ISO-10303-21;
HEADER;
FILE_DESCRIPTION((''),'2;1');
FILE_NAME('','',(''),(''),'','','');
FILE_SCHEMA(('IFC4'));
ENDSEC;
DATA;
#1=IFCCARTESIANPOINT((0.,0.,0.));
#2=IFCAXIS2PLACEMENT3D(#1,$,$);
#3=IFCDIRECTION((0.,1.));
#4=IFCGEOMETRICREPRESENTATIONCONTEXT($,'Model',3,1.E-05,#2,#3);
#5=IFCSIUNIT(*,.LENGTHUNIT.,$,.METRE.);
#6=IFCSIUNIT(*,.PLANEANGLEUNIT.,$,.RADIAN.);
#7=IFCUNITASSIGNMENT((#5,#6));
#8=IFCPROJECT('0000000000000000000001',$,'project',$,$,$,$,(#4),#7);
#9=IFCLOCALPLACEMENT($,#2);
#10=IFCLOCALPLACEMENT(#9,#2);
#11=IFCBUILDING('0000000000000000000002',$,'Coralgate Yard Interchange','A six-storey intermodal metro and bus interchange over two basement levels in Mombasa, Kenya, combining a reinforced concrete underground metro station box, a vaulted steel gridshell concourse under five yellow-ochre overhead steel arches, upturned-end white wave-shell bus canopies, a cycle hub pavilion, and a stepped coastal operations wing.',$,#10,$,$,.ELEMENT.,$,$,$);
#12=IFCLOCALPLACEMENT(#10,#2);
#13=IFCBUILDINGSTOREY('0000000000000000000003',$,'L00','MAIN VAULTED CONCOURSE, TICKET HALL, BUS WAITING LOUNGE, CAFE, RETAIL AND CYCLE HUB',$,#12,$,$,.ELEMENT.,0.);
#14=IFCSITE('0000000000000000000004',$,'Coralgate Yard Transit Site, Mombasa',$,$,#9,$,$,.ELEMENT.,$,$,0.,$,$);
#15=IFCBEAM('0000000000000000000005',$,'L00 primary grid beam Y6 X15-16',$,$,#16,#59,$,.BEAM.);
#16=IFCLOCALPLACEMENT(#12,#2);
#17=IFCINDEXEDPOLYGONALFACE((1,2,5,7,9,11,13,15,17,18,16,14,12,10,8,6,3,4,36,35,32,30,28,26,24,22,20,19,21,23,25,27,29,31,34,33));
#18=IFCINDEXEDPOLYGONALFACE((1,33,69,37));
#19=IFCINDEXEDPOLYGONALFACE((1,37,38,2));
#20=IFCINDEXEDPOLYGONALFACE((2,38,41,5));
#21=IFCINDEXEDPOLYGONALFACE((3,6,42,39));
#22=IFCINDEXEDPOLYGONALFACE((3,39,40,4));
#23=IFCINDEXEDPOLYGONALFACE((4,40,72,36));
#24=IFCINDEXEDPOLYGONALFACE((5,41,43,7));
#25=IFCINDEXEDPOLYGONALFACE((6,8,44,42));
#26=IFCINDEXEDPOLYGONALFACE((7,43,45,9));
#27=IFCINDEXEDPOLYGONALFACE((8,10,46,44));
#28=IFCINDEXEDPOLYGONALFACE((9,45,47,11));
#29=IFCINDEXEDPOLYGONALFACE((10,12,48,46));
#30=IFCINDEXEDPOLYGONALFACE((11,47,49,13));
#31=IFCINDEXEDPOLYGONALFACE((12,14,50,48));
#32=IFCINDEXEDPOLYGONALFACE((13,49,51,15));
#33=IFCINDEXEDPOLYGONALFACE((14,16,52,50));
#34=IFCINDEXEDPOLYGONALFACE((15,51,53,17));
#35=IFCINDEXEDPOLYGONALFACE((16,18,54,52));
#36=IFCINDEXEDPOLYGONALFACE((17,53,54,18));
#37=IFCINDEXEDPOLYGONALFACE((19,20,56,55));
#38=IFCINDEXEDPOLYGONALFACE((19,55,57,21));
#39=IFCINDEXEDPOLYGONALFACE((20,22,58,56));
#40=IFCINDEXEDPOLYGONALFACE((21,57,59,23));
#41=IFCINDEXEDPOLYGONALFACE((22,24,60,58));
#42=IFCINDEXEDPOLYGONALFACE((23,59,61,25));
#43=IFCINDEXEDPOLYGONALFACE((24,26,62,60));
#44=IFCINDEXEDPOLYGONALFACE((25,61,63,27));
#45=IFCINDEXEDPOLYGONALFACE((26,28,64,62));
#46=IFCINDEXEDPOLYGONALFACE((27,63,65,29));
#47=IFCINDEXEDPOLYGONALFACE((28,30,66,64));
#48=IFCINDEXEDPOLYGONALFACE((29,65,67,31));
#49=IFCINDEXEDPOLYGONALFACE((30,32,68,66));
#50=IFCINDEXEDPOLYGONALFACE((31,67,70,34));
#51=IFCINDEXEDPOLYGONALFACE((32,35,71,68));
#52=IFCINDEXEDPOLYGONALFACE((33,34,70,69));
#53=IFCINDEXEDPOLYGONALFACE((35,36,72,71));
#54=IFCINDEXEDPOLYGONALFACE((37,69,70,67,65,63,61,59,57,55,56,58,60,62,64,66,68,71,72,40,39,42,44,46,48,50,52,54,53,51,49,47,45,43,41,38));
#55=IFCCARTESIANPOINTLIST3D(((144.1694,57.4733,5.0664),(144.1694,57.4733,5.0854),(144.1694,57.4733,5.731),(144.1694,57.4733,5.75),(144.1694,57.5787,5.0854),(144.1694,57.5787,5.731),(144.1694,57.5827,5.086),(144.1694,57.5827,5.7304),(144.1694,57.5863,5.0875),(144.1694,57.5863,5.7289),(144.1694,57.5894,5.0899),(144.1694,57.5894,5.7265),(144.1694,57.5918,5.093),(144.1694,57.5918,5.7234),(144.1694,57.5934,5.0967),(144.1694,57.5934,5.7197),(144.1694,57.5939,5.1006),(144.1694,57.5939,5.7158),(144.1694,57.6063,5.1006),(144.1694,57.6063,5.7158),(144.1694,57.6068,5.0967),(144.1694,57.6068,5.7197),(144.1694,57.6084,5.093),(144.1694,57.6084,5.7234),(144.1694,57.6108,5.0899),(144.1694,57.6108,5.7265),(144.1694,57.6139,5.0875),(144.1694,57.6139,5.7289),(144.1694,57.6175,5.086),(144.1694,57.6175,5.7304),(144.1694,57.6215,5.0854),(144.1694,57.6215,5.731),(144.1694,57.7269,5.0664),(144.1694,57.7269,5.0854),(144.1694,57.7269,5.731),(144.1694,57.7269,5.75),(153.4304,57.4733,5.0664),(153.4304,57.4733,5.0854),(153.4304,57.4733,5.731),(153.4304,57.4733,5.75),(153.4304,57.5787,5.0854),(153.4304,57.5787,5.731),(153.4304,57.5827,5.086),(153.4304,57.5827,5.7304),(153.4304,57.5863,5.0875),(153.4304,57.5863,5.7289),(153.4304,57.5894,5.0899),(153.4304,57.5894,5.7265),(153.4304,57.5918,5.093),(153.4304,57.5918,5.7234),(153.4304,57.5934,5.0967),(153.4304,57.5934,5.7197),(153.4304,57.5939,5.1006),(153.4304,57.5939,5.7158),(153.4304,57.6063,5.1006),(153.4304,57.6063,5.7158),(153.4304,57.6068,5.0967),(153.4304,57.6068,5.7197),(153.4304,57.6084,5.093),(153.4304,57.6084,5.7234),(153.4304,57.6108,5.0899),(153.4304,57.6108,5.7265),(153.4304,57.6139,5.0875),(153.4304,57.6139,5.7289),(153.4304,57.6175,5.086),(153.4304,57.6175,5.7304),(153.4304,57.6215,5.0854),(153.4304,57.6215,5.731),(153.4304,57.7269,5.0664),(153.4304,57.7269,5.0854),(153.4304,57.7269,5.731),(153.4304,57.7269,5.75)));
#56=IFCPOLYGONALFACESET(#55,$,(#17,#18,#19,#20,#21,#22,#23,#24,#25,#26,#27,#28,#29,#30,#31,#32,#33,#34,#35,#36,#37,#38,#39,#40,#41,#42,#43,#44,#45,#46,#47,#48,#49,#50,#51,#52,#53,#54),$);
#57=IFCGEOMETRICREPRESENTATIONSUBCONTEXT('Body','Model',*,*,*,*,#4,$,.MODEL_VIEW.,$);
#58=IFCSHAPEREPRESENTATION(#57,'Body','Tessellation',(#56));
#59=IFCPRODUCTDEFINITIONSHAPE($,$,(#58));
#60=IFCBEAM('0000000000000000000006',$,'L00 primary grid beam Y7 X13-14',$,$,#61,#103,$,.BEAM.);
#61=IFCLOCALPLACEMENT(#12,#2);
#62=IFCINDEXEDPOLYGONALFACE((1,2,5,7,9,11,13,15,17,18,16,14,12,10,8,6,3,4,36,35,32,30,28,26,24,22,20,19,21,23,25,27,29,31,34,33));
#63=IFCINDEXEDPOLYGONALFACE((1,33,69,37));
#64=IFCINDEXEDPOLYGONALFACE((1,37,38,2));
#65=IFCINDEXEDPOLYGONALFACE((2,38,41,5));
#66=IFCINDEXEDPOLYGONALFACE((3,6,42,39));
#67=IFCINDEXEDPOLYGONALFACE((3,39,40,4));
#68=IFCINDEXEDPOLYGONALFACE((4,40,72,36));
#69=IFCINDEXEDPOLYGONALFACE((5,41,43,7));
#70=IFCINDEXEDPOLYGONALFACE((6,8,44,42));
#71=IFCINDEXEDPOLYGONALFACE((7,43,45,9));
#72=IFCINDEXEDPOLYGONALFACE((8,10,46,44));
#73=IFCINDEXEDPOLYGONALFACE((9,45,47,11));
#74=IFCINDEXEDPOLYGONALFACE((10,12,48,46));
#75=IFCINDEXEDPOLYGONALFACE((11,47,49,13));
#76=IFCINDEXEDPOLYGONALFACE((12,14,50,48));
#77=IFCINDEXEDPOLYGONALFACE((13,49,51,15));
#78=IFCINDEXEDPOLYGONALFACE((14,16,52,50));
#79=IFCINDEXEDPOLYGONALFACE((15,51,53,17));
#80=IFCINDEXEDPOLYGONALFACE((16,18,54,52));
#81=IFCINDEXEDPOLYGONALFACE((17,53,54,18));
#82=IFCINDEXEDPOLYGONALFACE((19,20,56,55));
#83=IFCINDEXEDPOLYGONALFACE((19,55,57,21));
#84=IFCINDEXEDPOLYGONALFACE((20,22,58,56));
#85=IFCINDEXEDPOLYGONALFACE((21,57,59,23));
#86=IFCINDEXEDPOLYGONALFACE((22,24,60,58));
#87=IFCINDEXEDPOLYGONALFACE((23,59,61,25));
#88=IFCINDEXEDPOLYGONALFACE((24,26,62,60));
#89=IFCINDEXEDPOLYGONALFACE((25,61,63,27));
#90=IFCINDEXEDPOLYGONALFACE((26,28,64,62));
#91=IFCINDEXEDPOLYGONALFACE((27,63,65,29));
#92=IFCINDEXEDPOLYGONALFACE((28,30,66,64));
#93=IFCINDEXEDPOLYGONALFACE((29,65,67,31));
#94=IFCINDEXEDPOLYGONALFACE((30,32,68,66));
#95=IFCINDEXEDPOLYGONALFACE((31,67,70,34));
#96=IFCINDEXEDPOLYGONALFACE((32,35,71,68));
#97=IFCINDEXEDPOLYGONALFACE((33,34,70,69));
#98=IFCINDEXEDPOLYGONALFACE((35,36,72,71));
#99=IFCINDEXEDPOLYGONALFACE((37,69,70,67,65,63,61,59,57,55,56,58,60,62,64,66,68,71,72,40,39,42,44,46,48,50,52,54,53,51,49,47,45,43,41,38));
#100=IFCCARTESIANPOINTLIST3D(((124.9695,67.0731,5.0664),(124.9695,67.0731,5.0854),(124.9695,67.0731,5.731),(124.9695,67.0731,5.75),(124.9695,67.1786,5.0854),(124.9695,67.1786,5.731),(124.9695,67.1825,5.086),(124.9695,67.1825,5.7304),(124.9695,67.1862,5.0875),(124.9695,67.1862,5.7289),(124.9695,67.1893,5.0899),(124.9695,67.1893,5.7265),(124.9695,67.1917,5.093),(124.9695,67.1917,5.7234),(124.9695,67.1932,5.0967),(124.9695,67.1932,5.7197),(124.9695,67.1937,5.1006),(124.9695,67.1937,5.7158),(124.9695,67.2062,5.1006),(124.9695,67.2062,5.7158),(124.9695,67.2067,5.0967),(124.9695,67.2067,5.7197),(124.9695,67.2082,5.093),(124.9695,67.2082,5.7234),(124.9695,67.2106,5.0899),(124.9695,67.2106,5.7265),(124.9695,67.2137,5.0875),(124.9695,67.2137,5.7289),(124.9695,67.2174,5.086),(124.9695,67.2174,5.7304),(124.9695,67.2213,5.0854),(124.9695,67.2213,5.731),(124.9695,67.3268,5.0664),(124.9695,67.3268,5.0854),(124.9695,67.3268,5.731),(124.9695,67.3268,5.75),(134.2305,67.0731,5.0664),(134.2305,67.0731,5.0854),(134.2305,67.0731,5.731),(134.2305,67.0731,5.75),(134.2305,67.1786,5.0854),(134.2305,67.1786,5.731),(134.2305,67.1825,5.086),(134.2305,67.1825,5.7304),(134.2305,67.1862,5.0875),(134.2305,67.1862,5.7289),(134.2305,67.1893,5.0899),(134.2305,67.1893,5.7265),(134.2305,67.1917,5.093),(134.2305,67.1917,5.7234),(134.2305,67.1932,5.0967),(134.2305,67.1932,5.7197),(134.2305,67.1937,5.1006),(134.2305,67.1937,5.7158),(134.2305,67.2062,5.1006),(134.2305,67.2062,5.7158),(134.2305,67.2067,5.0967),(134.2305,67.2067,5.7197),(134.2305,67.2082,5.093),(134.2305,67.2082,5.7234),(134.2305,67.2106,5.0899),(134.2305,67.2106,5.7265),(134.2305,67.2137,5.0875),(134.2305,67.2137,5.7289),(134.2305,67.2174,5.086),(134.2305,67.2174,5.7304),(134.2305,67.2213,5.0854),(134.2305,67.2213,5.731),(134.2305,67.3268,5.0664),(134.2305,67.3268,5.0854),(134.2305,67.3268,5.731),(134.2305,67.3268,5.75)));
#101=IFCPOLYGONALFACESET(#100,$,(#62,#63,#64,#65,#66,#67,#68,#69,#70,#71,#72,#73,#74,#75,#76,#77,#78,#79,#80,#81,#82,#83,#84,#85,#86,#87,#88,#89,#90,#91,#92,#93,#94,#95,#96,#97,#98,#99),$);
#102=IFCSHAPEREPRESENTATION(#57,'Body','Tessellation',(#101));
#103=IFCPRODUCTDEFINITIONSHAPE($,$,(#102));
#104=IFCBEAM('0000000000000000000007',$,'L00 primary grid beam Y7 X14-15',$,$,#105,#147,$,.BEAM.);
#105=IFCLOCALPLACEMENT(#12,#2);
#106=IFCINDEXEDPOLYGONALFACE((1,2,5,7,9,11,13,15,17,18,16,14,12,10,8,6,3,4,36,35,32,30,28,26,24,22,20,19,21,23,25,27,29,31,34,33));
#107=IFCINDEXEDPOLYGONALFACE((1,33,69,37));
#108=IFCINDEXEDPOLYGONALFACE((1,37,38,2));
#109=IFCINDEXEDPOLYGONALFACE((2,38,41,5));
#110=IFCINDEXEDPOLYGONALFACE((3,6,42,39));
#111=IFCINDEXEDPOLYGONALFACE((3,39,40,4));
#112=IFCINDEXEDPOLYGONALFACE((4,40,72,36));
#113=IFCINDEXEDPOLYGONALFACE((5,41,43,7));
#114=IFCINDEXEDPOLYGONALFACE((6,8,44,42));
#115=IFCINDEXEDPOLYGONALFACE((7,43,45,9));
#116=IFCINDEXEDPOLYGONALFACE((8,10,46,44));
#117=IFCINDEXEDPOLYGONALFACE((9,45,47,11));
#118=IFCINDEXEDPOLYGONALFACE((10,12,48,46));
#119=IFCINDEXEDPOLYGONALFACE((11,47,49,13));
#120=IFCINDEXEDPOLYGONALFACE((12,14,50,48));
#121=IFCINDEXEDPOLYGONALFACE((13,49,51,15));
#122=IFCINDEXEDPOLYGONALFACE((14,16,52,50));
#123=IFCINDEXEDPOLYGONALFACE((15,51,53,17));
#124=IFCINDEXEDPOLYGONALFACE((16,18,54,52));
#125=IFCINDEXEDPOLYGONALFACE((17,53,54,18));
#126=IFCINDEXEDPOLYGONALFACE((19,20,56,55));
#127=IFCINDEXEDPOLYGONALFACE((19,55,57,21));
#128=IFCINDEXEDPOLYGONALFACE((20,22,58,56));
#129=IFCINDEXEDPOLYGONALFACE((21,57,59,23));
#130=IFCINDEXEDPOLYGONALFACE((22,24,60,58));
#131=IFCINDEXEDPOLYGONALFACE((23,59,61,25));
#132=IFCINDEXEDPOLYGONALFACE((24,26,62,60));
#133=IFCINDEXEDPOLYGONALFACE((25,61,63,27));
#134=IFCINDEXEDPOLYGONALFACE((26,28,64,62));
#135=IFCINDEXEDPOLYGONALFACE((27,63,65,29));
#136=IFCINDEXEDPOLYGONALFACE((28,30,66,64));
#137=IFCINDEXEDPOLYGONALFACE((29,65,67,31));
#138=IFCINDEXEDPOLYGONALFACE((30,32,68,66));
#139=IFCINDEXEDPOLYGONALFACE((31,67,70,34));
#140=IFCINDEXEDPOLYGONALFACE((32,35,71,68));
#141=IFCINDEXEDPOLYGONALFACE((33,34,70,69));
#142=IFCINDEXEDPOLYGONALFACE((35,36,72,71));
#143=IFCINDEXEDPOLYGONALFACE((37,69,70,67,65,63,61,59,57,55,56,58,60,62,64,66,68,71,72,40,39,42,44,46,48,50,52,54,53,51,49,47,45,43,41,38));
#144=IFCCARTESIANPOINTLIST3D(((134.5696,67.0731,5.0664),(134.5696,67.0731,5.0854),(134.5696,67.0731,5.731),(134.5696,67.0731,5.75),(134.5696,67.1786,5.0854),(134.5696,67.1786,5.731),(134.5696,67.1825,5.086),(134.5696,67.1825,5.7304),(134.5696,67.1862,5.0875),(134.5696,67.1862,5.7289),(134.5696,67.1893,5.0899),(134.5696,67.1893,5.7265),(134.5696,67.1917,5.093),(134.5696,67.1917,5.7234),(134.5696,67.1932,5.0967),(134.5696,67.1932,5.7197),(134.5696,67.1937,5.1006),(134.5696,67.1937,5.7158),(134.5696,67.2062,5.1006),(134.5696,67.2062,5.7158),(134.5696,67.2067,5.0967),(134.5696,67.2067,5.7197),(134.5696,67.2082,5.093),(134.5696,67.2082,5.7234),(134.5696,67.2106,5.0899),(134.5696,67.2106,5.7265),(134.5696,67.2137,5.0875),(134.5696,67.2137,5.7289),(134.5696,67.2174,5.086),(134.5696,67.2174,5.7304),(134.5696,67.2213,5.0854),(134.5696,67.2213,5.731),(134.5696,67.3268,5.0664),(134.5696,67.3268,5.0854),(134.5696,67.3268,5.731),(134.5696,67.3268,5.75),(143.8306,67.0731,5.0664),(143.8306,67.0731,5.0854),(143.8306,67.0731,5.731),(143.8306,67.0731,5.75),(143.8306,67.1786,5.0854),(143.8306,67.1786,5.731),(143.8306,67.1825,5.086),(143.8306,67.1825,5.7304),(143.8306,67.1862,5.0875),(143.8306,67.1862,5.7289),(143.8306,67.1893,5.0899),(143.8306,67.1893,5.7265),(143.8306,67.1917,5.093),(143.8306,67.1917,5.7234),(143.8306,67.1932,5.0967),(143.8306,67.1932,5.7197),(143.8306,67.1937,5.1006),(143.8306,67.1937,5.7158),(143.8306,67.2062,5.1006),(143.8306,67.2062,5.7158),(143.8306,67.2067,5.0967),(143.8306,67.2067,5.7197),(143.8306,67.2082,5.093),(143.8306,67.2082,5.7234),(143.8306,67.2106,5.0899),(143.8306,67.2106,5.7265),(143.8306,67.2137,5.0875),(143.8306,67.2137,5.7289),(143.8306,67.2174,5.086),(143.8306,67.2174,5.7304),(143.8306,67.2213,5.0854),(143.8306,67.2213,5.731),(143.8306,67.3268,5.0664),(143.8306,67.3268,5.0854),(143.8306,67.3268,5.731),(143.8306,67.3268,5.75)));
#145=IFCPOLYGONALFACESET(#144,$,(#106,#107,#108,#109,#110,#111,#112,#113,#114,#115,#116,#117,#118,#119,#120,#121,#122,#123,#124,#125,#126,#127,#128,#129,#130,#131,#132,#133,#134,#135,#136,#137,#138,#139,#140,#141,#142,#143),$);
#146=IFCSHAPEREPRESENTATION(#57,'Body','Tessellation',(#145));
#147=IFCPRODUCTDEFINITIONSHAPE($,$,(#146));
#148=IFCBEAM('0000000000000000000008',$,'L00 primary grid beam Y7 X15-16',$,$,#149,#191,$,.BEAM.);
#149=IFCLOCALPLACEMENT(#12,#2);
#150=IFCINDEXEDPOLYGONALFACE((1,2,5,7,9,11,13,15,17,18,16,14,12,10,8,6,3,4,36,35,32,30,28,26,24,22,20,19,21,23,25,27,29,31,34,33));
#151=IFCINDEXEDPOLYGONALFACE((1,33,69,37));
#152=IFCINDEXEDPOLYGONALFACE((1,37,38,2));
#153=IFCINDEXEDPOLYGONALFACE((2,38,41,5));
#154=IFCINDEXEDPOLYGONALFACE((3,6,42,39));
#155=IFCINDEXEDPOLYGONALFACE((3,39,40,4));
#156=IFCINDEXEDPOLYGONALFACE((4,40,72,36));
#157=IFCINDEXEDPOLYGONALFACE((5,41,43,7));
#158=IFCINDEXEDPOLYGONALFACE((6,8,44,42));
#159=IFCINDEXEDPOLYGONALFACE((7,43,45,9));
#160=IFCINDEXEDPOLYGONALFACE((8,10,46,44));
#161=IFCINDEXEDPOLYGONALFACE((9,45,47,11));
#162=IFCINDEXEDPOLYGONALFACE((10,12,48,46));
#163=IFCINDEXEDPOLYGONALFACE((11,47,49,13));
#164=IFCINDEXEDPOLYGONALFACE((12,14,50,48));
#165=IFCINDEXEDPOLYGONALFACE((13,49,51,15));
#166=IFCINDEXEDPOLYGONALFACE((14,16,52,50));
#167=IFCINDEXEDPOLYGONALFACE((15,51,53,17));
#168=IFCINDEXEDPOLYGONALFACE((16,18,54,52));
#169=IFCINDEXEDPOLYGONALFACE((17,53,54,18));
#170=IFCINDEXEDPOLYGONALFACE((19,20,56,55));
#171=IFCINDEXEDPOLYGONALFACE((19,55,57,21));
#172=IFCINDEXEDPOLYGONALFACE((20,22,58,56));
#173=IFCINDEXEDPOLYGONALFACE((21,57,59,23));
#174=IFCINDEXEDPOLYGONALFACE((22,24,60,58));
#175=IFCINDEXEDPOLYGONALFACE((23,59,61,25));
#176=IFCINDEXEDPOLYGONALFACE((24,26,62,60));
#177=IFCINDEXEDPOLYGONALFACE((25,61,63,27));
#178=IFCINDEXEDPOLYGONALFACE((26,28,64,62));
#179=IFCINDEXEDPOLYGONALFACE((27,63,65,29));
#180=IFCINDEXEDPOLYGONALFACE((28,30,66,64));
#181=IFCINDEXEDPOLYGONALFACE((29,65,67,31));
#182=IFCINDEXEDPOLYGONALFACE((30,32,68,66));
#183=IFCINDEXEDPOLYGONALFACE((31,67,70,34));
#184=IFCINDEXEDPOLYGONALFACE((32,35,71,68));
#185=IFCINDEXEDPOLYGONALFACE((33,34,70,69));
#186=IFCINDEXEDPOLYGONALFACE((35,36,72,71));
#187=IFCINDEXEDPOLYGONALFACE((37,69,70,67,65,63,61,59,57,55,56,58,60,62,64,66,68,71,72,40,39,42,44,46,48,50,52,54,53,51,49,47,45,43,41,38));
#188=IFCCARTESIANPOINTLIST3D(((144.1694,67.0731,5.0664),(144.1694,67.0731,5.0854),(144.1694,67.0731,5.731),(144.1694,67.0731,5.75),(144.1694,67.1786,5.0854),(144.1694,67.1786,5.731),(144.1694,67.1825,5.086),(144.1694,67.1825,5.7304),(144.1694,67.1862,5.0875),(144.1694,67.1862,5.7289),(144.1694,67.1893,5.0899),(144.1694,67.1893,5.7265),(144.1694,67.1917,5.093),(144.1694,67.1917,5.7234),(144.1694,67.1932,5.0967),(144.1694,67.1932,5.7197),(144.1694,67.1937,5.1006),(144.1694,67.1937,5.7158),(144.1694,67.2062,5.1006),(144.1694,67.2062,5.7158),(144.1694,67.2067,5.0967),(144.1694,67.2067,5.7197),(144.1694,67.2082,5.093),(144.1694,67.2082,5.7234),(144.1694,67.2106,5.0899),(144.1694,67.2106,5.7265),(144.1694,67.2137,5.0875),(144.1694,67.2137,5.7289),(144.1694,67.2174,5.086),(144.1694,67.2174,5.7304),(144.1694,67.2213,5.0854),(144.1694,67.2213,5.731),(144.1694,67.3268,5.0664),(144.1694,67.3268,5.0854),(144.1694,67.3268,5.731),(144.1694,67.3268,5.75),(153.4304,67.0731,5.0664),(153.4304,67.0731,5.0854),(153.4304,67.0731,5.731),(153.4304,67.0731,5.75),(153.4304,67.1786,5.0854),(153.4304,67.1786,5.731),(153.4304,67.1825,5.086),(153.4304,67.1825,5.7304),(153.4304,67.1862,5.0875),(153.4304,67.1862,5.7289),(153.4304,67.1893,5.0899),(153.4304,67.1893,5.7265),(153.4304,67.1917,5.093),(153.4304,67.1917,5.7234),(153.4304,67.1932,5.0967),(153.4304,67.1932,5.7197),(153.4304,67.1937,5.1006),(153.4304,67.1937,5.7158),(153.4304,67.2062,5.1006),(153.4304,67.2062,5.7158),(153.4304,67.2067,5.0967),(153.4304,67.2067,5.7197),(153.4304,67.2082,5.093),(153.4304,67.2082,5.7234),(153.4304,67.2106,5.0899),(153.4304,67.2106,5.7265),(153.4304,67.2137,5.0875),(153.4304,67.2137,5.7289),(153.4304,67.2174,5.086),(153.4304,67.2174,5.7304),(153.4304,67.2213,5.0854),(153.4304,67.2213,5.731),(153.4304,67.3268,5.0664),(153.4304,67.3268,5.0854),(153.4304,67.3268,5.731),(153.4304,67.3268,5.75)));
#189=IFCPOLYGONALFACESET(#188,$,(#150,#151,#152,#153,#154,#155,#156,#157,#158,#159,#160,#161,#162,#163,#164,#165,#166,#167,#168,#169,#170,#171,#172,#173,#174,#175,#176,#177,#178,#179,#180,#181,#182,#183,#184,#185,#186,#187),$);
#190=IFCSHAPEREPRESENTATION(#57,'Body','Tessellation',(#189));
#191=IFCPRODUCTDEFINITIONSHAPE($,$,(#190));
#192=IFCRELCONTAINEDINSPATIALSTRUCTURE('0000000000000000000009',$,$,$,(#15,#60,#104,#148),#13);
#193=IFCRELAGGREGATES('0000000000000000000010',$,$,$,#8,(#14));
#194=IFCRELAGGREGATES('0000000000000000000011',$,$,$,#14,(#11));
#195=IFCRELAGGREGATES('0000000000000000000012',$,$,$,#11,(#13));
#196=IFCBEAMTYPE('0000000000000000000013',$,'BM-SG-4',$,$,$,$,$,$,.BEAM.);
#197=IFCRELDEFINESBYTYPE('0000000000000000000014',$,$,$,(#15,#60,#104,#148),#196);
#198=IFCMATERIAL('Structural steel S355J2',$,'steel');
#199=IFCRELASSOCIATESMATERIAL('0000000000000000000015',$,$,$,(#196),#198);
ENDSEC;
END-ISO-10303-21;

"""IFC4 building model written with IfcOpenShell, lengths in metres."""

from ifc_helpers import new_model, si_unit, direction, frame, origin, origin_2d, place, context, subcontext, project, spatial, i_section, extrude, material, material_profile, profile_set, type_object, element, save


model = new_model("IFC4")

# Units and contexts
model_context = context("Model", 3, precision=1e-05, world=origin(), true_north=direction((0.0, 1.0)))
body_context = subcontext(model_context, "Body", "Model", "MODEL_VIEW")
ifc_project = project(units=[si_unit("LENGTHUNIT", "METRE"), si_unit("PLANEANGLEUNIT", "RADIAN")], contexts=[model_context])

# Site, building, storey
site_placement = place(None, origin())
site = spatial("IfcSite", under=ifc_project, at=site_placement, Name="Coralgate Yard Transit Site, Mombasa", CompositionType="ELEMENT", RefElevation=0.0)
building_placement = place(site_placement, origin())
building = spatial("IfcBuilding", under=site, at=building_placement, Name="Coralgate Yard Interchange", Description="A six-storey intermodal metro and bus interchange over two basement levels in Mombasa, Kenya, combining a reinforced concrete underground metro station box, a vaulted steel gridshell concourse under five yellow-ochre overhead steel arches, upturned-end white wave-shell bus canopies, a cycle hub pavilion, and a stepped coastal operations wing.", CompositionType="ELEMENT")
storey_placement = place(building_placement, origin())
storey = spatial("IfcBuildingStorey", under=building, at=storey_placement, Name="L00", Description="MAIN VAULTED CONCOURSE, TICKET HALL, BUS WAITING LOUNGE, CAFE, RETAIL AND CYCLE HUB", CompositionType="ELEMENT", Elevation=0.0)

# Shared definitions
ifc_material = material(Name="Structural steel S355J2", Category="steel")

# Beams
ifc_material_profile_1 = material_profile(ifc_material, i_section(OverallWidth=0.2537, OverallDepth=0.6836, WebThickness=0.0125, FlangeThickness=0.019, FilletRadius=0.0151, at=origin_2d()), Name="UB 686x254x140")
ifc_profile_set_1 = profile_set([ifc_material_profile_1], Name="Structural steel S355J2")
beam_type_1 = type_object("IfcBeamType", Name="BM-SG-4", PredefinedType="BEAM", material=ifc_profile_set_1)
for number, where, z_axis, x_axis, name in (
    (1, (144.1694, 57.6001, 5.4082), (1.0, 0.0, 0.0), (0.0, 1.0, 0.0), "L00 primary grid beam Y6 X15-16"),
    (2, (124.9695, 67.2, 5.4082), (1.0, 0.0, 0.0), (0.0, 1.0, 0.0), "L00 primary grid beam Y7 X13-14"),
    (3, (134.5696, 67.2, 5.4082), (1.0, 0.0, 0.0), (0.0, 1.0, 0.0), "L00 primary grid beam Y7 X14-15"),
    (4, (144.1694, 67.2, 5.4082), (1.0, 0.0, 0.0), (0.0, 1.0, 0.0), "L00 primary grid beam Y7 X15-16"),
):
    element("IfcBeam", number, at=place(storey_placement, frame(where, z_axis=z_axis, x_axis=x_axis)), inside=storey, type_object=beam_type_1, Name=name, PredefinedType="BEAM", context=body_context, shape_type="SweptSolid", body=[
        extrude(i_section(OverallWidth=0.2537, OverallDepth=0.6836, WebThickness=0.0125, FlangeThickness=0.019, FilletRadius=0.0151, at=origin_2d()), origin(), (0.0, 0.0, 1.0), 9.261),
    ])

save(model, "model.ifc")
